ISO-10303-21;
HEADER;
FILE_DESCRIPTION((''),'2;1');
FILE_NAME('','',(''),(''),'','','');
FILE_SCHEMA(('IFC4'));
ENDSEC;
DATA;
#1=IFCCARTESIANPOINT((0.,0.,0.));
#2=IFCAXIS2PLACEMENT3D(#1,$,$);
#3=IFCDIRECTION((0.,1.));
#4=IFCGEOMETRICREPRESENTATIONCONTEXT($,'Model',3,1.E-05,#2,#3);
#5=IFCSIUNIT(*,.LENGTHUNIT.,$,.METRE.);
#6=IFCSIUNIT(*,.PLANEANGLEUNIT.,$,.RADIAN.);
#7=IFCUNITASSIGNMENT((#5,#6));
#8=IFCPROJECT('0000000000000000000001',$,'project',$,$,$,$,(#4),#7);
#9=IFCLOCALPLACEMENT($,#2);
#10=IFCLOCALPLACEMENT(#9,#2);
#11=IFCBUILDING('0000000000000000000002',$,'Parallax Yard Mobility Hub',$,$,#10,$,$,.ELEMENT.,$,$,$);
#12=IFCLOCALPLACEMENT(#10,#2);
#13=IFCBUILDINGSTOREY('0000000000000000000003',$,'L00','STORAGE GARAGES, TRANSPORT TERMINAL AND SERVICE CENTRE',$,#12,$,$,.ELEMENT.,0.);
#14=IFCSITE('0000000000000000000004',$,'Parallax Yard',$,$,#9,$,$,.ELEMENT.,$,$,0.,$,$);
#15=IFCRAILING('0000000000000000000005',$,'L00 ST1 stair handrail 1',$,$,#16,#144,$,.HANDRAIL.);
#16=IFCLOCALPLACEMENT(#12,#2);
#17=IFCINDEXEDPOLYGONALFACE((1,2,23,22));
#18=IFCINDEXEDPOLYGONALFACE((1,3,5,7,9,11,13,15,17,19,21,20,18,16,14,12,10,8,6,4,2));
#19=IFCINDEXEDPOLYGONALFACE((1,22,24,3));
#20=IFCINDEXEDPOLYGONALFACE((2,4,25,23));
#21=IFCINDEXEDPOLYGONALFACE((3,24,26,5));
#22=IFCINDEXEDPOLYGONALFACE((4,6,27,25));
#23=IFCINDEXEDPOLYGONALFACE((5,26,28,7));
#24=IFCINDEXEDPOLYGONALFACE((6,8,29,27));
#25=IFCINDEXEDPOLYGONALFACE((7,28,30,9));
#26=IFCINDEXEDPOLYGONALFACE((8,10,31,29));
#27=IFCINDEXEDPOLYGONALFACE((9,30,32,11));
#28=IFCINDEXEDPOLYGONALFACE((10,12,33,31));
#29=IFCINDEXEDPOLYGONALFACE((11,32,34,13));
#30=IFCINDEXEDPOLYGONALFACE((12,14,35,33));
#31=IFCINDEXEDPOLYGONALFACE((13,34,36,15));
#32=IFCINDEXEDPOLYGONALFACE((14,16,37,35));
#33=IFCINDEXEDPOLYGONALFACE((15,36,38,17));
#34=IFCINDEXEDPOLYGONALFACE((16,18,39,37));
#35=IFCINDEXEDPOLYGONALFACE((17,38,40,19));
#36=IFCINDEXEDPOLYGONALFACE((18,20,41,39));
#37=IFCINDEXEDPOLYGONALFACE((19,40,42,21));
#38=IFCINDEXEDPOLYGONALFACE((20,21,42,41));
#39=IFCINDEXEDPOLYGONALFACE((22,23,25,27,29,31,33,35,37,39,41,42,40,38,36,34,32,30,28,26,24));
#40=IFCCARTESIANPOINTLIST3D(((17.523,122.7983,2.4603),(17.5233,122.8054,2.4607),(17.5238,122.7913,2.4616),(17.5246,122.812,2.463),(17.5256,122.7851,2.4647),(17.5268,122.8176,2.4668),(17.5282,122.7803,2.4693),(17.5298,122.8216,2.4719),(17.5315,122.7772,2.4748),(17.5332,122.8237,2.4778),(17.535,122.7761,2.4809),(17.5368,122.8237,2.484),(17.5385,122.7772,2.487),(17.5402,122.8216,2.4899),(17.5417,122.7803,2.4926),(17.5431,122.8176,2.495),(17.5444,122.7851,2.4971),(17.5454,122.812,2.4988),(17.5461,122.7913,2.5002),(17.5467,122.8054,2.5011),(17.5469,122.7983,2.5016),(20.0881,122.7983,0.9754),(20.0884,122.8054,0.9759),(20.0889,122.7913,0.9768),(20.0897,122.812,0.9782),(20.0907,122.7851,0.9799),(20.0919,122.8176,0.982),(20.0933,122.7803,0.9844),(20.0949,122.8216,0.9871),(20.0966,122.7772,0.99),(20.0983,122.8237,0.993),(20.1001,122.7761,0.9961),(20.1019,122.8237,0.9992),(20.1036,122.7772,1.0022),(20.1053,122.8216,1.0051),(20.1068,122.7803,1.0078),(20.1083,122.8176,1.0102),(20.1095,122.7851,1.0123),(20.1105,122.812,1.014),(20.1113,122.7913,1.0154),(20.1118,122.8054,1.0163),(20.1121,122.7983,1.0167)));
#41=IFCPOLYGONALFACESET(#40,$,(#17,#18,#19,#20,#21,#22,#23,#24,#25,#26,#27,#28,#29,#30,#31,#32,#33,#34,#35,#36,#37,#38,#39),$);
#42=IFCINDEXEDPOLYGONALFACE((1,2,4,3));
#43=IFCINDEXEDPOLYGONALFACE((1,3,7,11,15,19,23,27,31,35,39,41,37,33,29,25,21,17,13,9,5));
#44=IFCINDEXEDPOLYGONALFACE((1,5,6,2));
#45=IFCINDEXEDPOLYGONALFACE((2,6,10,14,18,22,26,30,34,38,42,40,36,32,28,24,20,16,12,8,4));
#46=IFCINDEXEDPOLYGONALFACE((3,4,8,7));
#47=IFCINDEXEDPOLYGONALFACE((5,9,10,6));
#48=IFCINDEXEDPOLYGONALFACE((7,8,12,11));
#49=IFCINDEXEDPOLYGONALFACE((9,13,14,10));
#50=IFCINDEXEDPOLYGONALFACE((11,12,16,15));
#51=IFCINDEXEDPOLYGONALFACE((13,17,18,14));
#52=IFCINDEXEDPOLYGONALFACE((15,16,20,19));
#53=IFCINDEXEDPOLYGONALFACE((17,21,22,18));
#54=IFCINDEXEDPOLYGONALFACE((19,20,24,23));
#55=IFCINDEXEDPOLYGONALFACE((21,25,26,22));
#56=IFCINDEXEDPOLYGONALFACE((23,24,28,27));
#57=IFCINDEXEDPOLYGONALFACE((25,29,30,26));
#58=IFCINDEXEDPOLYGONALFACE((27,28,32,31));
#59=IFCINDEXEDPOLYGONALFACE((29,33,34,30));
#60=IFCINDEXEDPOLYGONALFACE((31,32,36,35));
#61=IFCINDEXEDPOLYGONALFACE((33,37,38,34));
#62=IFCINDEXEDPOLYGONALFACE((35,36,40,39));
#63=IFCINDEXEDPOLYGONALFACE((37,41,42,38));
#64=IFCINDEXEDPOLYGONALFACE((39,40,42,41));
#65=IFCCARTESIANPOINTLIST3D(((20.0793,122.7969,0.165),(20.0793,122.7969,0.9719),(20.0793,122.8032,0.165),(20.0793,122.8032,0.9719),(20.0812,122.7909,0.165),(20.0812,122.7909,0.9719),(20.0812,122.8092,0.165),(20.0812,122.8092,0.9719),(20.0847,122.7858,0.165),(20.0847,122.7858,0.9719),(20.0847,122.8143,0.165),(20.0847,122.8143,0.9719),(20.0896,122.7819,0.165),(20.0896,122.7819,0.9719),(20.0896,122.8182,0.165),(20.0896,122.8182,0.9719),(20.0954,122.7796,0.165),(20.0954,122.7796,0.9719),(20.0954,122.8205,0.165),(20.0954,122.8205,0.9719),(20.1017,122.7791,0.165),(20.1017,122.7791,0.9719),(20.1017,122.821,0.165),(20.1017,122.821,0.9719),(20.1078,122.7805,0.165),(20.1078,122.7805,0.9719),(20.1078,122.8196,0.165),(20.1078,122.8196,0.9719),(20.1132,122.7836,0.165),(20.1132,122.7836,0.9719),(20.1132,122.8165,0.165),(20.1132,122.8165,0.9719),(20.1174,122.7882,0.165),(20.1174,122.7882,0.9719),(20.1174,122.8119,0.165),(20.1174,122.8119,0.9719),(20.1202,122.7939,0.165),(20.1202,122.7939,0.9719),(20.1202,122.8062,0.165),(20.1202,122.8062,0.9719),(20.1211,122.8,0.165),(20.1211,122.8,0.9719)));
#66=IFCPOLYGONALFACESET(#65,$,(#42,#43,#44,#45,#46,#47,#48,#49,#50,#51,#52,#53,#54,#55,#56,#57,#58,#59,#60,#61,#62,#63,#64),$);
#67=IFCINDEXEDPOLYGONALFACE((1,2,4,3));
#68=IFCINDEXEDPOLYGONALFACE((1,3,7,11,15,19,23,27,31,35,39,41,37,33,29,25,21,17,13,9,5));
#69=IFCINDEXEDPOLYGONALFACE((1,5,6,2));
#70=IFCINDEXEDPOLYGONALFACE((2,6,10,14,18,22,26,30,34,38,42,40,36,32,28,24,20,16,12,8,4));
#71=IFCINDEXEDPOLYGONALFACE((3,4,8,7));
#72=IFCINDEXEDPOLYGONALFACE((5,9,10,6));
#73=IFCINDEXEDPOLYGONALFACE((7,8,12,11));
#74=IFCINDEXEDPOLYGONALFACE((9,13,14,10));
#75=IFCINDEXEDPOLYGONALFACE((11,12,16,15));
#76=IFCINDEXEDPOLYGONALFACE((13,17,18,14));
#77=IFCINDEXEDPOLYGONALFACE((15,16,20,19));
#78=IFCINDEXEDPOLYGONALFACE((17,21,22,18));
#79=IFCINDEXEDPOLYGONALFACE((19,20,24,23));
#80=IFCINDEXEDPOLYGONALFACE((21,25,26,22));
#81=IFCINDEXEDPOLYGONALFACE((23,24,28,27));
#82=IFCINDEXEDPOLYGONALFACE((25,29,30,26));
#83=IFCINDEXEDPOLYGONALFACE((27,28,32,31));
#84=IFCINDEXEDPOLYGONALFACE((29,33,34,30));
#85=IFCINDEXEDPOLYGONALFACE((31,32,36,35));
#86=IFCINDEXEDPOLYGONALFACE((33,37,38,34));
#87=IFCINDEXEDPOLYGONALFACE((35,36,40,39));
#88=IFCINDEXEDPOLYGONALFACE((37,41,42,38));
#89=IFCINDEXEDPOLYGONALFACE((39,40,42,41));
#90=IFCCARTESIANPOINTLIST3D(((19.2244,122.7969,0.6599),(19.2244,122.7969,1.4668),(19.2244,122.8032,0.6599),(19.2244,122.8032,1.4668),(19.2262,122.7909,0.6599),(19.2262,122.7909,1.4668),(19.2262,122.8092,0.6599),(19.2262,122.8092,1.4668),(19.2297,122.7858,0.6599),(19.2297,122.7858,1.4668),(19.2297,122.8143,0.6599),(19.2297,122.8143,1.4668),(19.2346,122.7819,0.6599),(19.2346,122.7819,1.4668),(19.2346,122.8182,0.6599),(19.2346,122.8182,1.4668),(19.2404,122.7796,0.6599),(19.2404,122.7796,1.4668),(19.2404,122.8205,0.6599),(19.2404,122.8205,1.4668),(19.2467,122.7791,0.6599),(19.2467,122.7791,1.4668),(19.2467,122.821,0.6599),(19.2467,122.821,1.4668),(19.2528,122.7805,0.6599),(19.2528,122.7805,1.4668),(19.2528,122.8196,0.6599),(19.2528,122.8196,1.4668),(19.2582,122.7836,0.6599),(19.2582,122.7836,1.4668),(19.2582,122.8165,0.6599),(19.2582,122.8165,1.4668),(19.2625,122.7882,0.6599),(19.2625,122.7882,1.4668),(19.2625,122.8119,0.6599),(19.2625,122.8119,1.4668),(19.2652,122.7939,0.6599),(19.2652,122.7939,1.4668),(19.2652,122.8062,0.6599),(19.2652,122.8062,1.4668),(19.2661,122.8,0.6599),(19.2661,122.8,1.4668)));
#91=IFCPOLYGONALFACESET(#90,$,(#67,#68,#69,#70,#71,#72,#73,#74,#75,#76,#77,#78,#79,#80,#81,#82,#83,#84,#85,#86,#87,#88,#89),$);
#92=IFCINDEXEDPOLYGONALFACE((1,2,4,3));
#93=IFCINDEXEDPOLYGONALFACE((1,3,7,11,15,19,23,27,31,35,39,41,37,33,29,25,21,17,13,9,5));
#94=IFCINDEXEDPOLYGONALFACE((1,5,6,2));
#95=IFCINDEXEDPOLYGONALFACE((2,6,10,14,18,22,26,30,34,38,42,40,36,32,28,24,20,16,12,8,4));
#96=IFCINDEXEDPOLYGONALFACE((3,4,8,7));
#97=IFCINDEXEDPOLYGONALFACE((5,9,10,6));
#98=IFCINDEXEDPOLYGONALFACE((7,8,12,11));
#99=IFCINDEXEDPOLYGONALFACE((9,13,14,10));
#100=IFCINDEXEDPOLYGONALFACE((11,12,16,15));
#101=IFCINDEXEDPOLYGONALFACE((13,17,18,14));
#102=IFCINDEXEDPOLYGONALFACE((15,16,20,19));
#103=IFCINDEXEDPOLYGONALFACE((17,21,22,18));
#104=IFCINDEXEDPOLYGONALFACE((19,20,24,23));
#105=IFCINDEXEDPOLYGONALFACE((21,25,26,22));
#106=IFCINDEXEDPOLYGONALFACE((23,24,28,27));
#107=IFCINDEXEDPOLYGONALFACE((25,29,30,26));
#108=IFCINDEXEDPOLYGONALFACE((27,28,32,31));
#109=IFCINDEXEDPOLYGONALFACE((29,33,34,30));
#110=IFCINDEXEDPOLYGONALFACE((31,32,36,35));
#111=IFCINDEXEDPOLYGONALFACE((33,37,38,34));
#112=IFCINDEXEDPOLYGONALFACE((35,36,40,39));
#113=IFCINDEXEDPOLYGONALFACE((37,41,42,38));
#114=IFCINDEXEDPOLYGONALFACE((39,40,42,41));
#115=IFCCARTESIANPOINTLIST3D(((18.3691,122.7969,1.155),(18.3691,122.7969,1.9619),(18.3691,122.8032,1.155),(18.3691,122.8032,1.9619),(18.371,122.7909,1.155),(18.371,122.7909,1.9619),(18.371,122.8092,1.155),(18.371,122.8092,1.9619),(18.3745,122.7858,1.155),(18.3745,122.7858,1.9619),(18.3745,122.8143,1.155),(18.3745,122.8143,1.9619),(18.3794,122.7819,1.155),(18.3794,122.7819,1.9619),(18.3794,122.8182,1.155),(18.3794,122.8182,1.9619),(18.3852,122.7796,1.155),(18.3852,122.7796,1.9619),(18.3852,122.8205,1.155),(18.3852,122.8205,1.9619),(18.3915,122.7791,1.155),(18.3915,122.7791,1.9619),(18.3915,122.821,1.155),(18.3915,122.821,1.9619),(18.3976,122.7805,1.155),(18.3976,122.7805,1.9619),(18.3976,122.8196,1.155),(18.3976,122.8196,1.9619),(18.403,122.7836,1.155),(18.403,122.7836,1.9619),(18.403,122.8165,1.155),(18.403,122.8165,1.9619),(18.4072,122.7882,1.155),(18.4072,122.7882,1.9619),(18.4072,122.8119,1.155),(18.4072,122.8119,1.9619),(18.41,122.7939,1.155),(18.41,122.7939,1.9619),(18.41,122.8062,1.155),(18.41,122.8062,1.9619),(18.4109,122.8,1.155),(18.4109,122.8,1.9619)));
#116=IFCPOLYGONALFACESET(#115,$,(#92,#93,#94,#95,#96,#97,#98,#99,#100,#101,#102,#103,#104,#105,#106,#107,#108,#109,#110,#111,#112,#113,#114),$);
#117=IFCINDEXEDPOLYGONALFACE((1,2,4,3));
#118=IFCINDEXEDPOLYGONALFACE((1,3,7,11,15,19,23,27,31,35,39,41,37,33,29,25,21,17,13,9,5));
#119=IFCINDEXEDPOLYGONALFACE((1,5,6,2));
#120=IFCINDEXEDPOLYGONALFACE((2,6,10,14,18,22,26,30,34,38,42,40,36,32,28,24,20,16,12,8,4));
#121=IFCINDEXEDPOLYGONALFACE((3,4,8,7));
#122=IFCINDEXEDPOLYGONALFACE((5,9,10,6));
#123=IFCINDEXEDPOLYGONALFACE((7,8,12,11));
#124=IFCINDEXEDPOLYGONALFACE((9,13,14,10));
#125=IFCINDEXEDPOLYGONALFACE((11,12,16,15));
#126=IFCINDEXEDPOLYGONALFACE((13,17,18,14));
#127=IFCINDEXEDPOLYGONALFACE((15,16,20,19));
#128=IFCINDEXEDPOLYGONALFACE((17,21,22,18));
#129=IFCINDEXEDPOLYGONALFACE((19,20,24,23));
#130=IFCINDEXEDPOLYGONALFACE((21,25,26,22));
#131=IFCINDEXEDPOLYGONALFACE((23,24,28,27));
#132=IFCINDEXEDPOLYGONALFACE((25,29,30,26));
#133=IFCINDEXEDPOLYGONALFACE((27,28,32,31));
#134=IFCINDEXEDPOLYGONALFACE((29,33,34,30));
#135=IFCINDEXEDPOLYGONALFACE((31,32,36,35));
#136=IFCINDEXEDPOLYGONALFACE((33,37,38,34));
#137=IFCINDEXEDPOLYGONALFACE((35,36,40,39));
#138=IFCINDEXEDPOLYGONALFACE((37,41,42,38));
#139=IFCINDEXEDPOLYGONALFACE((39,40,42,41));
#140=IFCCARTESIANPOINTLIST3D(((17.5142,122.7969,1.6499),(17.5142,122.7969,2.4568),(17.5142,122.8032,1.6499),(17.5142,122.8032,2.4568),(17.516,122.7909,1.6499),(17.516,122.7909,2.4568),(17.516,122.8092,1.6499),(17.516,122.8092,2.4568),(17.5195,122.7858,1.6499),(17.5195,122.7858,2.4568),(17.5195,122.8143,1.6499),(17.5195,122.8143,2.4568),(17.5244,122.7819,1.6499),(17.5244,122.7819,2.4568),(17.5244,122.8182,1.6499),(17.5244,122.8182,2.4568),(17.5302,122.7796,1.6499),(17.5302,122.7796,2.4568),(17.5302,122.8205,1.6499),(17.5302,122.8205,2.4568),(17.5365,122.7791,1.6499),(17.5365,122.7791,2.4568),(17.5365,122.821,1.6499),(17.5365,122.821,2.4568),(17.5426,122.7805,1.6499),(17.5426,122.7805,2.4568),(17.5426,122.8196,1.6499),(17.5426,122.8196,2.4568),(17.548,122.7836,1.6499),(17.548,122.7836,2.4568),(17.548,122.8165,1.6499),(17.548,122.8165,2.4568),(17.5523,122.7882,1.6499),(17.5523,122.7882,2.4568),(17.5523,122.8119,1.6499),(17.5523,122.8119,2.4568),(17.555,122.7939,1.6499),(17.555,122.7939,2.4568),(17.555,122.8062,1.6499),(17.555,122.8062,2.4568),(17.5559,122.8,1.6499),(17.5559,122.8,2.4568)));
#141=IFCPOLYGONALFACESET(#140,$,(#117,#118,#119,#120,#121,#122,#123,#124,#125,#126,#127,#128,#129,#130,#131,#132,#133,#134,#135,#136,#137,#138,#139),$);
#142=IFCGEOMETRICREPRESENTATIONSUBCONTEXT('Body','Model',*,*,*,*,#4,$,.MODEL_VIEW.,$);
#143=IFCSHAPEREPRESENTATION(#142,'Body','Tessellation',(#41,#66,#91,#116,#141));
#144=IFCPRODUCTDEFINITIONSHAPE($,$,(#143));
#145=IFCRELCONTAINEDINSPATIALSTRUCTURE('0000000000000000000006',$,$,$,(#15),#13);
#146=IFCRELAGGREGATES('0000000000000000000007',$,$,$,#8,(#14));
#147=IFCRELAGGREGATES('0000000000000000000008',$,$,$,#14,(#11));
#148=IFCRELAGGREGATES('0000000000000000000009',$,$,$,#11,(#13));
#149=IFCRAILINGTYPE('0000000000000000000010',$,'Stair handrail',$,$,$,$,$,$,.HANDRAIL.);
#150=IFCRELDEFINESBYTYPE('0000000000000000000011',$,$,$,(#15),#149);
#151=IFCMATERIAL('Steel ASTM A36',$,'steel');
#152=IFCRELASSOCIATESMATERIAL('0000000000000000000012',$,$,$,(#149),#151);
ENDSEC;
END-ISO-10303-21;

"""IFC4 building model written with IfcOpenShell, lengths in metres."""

from ifc_helpers import new_model, si_unit, direction, frame, origin, origin_2d, place, context, subcontext, project, spatial, circle, extrude, material, type_object, element, save


model = new_model("IFC4")

# Units and contexts
model_context = context("Model", 3, precision=1e-05, world=origin(), true_north=direction((0.0, 1.0)))
body_context = subcontext(model_context, "Body", "Model", "MODEL_VIEW")
ifc_project = project(units=[si_unit("LENGTHUNIT", "METRE"), si_unit("PLANEANGLEUNIT", "RADIAN")], contexts=[model_context])

# Site, building, storey
site_placement = place(None, origin())
site = spatial("IfcSite", under=ifc_project, at=site_placement, Name="Parallax Yard", CompositionType="ELEMENT", RefElevation=0.0)
building_placement = place(site_placement, origin())
building = spatial("IfcBuilding", under=site, at=building_placement, Name="Parallax Yard Mobility Hub", CompositionType="ELEMENT")
storey_placement = place(building_placement, origin())
storey = spatial("IfcBuildingStorey", under=building, at=storey_placement, Name="L00", Description="STORAGE GARAGES, TRANSPORT TERMINAL AND SERVICE CENTRE", CompositionType="ELEMENT", Elevation=0.0)

# Railing
ifc_material_1 = material(Name="Steel ASTM A36", Category="steel")
railing_type_1 = type_object("IfcRailingType", Name="Stair handrail", PredefinedType="HANDRAIL", material=ifc_material_1)
railing_1_placement = place(storey_placement, frame((20.1001, 122.8, 0.165)))
element("IfcRailing", 1, at=railing_1_placement, inside=storey, type_object=railing_type_1, Name="L00 ST1 stair handrail 1", PredefinedType="HANDRAIL", context=body_context, shape_type="SweptSolid", body=[
    extrude(circle(Radius=0.0239, at=origin_2d()), frame((0.0, 0.0, 0.8311), z_axis=(-0.865462, 0.0, 0.500975), x_axis=(0.0, -1.0, 0.0)), (0.0, 0.0, 1.0), 2.9639),
    extrude(circle(Radius=0.021, at=origin_2d()), origin(), (0.0, 0.0, 1.0), 0.8069),
    extrude(circle(Radius=0.021, at=origin_2d()), frame((-0.855, 0.0, 0.4949)), (0.0, 0.0, 1.0), 0.8069),
    extrude(circle(Radius=0.021, at=origin_2d()), frame((-1.7102, 0.0, 0.99)), (0.0, 0.0, 1.0), 0.8069),
    extrude(circle(Radius=0.021, at=origin_2d()), frame((-2.5652, 0.0, 1.4849)), (0.0, 0.0, 1.0), 0.8069),
])

save(model, "model.ifc")
